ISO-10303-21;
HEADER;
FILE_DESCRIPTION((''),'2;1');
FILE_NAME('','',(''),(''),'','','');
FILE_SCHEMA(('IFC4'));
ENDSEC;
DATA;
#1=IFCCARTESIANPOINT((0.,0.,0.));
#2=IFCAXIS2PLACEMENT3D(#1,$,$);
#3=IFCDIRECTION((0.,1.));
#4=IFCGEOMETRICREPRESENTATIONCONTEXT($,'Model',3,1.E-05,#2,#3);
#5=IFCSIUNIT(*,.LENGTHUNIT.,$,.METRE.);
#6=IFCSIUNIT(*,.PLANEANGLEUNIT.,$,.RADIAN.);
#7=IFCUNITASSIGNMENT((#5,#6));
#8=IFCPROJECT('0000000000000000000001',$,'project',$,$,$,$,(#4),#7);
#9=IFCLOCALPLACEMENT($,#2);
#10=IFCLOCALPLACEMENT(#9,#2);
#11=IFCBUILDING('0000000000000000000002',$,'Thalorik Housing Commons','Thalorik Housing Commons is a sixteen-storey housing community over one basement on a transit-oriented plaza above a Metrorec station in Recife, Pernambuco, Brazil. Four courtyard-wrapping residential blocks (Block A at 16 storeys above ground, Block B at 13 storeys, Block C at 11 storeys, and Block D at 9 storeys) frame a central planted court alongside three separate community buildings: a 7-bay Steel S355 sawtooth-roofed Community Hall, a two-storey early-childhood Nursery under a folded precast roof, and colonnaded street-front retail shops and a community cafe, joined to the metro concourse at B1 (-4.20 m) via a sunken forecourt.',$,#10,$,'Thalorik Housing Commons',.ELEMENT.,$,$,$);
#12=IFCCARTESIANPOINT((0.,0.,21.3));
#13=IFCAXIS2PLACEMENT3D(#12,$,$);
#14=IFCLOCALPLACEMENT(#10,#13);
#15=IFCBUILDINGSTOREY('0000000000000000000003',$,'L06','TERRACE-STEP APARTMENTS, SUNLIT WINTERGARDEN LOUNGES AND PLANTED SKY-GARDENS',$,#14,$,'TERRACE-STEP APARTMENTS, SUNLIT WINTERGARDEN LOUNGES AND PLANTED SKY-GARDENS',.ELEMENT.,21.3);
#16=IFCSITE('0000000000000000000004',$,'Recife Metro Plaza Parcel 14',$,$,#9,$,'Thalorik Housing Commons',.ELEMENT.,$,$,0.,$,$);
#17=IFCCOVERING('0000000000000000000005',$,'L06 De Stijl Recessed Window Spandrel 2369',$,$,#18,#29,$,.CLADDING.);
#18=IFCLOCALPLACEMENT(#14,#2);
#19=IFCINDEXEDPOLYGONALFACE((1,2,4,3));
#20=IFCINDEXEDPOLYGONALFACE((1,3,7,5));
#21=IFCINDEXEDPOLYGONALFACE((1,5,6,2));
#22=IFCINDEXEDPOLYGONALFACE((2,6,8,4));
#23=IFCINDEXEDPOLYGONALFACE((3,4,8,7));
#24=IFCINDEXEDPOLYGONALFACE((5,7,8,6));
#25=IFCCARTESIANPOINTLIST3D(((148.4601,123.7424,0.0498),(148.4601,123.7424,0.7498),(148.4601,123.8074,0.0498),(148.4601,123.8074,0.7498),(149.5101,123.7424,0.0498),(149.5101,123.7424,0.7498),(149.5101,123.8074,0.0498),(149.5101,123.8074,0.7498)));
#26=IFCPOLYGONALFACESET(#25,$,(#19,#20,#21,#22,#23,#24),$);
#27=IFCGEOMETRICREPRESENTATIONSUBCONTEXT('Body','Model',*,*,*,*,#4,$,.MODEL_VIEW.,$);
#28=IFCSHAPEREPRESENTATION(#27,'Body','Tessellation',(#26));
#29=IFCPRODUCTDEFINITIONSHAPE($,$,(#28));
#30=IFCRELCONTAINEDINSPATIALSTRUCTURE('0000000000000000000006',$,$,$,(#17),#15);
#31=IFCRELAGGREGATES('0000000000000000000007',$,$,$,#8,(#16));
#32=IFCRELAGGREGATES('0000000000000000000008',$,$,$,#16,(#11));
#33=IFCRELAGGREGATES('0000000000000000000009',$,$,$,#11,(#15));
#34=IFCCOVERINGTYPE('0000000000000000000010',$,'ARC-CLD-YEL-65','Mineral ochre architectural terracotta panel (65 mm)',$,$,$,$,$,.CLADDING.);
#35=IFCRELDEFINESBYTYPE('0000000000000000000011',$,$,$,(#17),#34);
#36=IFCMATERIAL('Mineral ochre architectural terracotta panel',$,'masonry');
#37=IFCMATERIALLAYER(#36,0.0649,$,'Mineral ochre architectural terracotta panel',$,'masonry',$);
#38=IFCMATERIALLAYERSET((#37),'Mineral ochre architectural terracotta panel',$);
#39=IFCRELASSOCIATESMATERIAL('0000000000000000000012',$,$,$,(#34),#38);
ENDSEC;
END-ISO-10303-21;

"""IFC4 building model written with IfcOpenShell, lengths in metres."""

from ifc_helpers import new_model, si_unit, direction, frame, origin, origin_2d, place, context, subcontext, project, spatial, rectangle, extrude, material, layer, layer_set, type_object, element, save


model = new_model("IFC4")

# Units and contexts
model_context = context("Model", 3, precision=1e-05, world=origin(), true_north=direction((0.0, 1.0)))
body_context = subcontext(model_context, "Body", "Model", "MODEL_VIEW")
ifc_project = project(units=[si_unit("LENGTHUNIT", "METRE"), si_unit("PLANEANGLEUNIT", "RADIAN")], contexts=[model_context])

# Site, building, storey
site_placement = place(None, origin())
site = spatial("IfcSite", under=ifc_project, at=site_placement, Name="Recife Metro Plaza Parcel 14", LongName="Thalorik Housing Commons", CompositionType="ELEMENT", RefElevation=0.0)
building_placement = place(site_placement, origin())
building = spatial("IfcBuilding", under=site, at=building_placement, Name="Thalorik Housing Commons", Description="Thalorik Housing Commons is a sixteen-storey housing community over one basement on a transit-oriented plaza above a Metrorec station in Recife, Pernambuco, Brazil. Four courtyard-wrapping residential blocks (Block A at 16 storeys above ground, Block B at 13 storeys, Block C at 11 storeys, and Block D at 9 storeys) frame a central planted court alongside three separate community buildings: a 7-bay Steel S355 sawtooth-roofed Community Hall, a two-storey early-childhood Nursery under a folded precast roof, and colonnaded street-front retail shops and a community cafe, joined to the metro concourse at B1 (-4.20 m) via a sunken forecourt.", LongName="Thalorik Housing Commons", CompositionType="ELEMENT")
storey_placement = place(building_placement, frame((0.0, 0.0, 21.3)))
storey = spatial("IfcBuildingStorey", under=building, at=storey_placement, Name="L06", Description="TERRACE-STEP APARTMENTS, SUNLIT WINTERGARDEN LOUNGES AND PLANTED SKY-GARDENS", LongName="TERRACE-STEP APARTMENTS, SUNLIT WINTERGARDEN LOUNGES AND PLANTED SKY-GARDENS", CompositionType="ELEMENT", Elevation=21.3)

# Covering
ifc_material_1 = material(Name="Mineral ochre architectural terracotta panel", Category="masonry")
ifc_layer_1 = layer(ifc_material_1, 0.0649, Name="Mineral ochre architectural terracotta panel", Category="masonry")
ifc_layer_set_1 = layer_set([ifc_layer_1], Name="Mineral ochre architectural terracotta panel")
covering_type_1 = type_object("IfcCoveringType", Name="ARC-CLD-YEL-65", Description="Mineral ochre architectural terracotta panel (65 mm)", PredefinedType="CLADDING", material=ifc_layer_set_1)
covering_1_placement = place(storey_placement, frame((148.9851, 123.7749, 0.0498), z_axis=(0.0, 0.0, 1.0), x_axis=(-1.0, 0.0, 0.0)))
element("IfcCovering", 1, at=covering_1_placement, inside=storey, type_object=covering_type_1, Name="L06 De Stijl Recessed Window Spandrel 2369", PredefinedType="CLADDING", context=body_context, shape_type="SweptSolid", body=[
    extrude(rectangle(XDim=1.05, YDim=0.0649, at=origin_2d()), origin(), (0.0, 0.0, 1.0), 0.7),
])

save(model, "model.ifc")
